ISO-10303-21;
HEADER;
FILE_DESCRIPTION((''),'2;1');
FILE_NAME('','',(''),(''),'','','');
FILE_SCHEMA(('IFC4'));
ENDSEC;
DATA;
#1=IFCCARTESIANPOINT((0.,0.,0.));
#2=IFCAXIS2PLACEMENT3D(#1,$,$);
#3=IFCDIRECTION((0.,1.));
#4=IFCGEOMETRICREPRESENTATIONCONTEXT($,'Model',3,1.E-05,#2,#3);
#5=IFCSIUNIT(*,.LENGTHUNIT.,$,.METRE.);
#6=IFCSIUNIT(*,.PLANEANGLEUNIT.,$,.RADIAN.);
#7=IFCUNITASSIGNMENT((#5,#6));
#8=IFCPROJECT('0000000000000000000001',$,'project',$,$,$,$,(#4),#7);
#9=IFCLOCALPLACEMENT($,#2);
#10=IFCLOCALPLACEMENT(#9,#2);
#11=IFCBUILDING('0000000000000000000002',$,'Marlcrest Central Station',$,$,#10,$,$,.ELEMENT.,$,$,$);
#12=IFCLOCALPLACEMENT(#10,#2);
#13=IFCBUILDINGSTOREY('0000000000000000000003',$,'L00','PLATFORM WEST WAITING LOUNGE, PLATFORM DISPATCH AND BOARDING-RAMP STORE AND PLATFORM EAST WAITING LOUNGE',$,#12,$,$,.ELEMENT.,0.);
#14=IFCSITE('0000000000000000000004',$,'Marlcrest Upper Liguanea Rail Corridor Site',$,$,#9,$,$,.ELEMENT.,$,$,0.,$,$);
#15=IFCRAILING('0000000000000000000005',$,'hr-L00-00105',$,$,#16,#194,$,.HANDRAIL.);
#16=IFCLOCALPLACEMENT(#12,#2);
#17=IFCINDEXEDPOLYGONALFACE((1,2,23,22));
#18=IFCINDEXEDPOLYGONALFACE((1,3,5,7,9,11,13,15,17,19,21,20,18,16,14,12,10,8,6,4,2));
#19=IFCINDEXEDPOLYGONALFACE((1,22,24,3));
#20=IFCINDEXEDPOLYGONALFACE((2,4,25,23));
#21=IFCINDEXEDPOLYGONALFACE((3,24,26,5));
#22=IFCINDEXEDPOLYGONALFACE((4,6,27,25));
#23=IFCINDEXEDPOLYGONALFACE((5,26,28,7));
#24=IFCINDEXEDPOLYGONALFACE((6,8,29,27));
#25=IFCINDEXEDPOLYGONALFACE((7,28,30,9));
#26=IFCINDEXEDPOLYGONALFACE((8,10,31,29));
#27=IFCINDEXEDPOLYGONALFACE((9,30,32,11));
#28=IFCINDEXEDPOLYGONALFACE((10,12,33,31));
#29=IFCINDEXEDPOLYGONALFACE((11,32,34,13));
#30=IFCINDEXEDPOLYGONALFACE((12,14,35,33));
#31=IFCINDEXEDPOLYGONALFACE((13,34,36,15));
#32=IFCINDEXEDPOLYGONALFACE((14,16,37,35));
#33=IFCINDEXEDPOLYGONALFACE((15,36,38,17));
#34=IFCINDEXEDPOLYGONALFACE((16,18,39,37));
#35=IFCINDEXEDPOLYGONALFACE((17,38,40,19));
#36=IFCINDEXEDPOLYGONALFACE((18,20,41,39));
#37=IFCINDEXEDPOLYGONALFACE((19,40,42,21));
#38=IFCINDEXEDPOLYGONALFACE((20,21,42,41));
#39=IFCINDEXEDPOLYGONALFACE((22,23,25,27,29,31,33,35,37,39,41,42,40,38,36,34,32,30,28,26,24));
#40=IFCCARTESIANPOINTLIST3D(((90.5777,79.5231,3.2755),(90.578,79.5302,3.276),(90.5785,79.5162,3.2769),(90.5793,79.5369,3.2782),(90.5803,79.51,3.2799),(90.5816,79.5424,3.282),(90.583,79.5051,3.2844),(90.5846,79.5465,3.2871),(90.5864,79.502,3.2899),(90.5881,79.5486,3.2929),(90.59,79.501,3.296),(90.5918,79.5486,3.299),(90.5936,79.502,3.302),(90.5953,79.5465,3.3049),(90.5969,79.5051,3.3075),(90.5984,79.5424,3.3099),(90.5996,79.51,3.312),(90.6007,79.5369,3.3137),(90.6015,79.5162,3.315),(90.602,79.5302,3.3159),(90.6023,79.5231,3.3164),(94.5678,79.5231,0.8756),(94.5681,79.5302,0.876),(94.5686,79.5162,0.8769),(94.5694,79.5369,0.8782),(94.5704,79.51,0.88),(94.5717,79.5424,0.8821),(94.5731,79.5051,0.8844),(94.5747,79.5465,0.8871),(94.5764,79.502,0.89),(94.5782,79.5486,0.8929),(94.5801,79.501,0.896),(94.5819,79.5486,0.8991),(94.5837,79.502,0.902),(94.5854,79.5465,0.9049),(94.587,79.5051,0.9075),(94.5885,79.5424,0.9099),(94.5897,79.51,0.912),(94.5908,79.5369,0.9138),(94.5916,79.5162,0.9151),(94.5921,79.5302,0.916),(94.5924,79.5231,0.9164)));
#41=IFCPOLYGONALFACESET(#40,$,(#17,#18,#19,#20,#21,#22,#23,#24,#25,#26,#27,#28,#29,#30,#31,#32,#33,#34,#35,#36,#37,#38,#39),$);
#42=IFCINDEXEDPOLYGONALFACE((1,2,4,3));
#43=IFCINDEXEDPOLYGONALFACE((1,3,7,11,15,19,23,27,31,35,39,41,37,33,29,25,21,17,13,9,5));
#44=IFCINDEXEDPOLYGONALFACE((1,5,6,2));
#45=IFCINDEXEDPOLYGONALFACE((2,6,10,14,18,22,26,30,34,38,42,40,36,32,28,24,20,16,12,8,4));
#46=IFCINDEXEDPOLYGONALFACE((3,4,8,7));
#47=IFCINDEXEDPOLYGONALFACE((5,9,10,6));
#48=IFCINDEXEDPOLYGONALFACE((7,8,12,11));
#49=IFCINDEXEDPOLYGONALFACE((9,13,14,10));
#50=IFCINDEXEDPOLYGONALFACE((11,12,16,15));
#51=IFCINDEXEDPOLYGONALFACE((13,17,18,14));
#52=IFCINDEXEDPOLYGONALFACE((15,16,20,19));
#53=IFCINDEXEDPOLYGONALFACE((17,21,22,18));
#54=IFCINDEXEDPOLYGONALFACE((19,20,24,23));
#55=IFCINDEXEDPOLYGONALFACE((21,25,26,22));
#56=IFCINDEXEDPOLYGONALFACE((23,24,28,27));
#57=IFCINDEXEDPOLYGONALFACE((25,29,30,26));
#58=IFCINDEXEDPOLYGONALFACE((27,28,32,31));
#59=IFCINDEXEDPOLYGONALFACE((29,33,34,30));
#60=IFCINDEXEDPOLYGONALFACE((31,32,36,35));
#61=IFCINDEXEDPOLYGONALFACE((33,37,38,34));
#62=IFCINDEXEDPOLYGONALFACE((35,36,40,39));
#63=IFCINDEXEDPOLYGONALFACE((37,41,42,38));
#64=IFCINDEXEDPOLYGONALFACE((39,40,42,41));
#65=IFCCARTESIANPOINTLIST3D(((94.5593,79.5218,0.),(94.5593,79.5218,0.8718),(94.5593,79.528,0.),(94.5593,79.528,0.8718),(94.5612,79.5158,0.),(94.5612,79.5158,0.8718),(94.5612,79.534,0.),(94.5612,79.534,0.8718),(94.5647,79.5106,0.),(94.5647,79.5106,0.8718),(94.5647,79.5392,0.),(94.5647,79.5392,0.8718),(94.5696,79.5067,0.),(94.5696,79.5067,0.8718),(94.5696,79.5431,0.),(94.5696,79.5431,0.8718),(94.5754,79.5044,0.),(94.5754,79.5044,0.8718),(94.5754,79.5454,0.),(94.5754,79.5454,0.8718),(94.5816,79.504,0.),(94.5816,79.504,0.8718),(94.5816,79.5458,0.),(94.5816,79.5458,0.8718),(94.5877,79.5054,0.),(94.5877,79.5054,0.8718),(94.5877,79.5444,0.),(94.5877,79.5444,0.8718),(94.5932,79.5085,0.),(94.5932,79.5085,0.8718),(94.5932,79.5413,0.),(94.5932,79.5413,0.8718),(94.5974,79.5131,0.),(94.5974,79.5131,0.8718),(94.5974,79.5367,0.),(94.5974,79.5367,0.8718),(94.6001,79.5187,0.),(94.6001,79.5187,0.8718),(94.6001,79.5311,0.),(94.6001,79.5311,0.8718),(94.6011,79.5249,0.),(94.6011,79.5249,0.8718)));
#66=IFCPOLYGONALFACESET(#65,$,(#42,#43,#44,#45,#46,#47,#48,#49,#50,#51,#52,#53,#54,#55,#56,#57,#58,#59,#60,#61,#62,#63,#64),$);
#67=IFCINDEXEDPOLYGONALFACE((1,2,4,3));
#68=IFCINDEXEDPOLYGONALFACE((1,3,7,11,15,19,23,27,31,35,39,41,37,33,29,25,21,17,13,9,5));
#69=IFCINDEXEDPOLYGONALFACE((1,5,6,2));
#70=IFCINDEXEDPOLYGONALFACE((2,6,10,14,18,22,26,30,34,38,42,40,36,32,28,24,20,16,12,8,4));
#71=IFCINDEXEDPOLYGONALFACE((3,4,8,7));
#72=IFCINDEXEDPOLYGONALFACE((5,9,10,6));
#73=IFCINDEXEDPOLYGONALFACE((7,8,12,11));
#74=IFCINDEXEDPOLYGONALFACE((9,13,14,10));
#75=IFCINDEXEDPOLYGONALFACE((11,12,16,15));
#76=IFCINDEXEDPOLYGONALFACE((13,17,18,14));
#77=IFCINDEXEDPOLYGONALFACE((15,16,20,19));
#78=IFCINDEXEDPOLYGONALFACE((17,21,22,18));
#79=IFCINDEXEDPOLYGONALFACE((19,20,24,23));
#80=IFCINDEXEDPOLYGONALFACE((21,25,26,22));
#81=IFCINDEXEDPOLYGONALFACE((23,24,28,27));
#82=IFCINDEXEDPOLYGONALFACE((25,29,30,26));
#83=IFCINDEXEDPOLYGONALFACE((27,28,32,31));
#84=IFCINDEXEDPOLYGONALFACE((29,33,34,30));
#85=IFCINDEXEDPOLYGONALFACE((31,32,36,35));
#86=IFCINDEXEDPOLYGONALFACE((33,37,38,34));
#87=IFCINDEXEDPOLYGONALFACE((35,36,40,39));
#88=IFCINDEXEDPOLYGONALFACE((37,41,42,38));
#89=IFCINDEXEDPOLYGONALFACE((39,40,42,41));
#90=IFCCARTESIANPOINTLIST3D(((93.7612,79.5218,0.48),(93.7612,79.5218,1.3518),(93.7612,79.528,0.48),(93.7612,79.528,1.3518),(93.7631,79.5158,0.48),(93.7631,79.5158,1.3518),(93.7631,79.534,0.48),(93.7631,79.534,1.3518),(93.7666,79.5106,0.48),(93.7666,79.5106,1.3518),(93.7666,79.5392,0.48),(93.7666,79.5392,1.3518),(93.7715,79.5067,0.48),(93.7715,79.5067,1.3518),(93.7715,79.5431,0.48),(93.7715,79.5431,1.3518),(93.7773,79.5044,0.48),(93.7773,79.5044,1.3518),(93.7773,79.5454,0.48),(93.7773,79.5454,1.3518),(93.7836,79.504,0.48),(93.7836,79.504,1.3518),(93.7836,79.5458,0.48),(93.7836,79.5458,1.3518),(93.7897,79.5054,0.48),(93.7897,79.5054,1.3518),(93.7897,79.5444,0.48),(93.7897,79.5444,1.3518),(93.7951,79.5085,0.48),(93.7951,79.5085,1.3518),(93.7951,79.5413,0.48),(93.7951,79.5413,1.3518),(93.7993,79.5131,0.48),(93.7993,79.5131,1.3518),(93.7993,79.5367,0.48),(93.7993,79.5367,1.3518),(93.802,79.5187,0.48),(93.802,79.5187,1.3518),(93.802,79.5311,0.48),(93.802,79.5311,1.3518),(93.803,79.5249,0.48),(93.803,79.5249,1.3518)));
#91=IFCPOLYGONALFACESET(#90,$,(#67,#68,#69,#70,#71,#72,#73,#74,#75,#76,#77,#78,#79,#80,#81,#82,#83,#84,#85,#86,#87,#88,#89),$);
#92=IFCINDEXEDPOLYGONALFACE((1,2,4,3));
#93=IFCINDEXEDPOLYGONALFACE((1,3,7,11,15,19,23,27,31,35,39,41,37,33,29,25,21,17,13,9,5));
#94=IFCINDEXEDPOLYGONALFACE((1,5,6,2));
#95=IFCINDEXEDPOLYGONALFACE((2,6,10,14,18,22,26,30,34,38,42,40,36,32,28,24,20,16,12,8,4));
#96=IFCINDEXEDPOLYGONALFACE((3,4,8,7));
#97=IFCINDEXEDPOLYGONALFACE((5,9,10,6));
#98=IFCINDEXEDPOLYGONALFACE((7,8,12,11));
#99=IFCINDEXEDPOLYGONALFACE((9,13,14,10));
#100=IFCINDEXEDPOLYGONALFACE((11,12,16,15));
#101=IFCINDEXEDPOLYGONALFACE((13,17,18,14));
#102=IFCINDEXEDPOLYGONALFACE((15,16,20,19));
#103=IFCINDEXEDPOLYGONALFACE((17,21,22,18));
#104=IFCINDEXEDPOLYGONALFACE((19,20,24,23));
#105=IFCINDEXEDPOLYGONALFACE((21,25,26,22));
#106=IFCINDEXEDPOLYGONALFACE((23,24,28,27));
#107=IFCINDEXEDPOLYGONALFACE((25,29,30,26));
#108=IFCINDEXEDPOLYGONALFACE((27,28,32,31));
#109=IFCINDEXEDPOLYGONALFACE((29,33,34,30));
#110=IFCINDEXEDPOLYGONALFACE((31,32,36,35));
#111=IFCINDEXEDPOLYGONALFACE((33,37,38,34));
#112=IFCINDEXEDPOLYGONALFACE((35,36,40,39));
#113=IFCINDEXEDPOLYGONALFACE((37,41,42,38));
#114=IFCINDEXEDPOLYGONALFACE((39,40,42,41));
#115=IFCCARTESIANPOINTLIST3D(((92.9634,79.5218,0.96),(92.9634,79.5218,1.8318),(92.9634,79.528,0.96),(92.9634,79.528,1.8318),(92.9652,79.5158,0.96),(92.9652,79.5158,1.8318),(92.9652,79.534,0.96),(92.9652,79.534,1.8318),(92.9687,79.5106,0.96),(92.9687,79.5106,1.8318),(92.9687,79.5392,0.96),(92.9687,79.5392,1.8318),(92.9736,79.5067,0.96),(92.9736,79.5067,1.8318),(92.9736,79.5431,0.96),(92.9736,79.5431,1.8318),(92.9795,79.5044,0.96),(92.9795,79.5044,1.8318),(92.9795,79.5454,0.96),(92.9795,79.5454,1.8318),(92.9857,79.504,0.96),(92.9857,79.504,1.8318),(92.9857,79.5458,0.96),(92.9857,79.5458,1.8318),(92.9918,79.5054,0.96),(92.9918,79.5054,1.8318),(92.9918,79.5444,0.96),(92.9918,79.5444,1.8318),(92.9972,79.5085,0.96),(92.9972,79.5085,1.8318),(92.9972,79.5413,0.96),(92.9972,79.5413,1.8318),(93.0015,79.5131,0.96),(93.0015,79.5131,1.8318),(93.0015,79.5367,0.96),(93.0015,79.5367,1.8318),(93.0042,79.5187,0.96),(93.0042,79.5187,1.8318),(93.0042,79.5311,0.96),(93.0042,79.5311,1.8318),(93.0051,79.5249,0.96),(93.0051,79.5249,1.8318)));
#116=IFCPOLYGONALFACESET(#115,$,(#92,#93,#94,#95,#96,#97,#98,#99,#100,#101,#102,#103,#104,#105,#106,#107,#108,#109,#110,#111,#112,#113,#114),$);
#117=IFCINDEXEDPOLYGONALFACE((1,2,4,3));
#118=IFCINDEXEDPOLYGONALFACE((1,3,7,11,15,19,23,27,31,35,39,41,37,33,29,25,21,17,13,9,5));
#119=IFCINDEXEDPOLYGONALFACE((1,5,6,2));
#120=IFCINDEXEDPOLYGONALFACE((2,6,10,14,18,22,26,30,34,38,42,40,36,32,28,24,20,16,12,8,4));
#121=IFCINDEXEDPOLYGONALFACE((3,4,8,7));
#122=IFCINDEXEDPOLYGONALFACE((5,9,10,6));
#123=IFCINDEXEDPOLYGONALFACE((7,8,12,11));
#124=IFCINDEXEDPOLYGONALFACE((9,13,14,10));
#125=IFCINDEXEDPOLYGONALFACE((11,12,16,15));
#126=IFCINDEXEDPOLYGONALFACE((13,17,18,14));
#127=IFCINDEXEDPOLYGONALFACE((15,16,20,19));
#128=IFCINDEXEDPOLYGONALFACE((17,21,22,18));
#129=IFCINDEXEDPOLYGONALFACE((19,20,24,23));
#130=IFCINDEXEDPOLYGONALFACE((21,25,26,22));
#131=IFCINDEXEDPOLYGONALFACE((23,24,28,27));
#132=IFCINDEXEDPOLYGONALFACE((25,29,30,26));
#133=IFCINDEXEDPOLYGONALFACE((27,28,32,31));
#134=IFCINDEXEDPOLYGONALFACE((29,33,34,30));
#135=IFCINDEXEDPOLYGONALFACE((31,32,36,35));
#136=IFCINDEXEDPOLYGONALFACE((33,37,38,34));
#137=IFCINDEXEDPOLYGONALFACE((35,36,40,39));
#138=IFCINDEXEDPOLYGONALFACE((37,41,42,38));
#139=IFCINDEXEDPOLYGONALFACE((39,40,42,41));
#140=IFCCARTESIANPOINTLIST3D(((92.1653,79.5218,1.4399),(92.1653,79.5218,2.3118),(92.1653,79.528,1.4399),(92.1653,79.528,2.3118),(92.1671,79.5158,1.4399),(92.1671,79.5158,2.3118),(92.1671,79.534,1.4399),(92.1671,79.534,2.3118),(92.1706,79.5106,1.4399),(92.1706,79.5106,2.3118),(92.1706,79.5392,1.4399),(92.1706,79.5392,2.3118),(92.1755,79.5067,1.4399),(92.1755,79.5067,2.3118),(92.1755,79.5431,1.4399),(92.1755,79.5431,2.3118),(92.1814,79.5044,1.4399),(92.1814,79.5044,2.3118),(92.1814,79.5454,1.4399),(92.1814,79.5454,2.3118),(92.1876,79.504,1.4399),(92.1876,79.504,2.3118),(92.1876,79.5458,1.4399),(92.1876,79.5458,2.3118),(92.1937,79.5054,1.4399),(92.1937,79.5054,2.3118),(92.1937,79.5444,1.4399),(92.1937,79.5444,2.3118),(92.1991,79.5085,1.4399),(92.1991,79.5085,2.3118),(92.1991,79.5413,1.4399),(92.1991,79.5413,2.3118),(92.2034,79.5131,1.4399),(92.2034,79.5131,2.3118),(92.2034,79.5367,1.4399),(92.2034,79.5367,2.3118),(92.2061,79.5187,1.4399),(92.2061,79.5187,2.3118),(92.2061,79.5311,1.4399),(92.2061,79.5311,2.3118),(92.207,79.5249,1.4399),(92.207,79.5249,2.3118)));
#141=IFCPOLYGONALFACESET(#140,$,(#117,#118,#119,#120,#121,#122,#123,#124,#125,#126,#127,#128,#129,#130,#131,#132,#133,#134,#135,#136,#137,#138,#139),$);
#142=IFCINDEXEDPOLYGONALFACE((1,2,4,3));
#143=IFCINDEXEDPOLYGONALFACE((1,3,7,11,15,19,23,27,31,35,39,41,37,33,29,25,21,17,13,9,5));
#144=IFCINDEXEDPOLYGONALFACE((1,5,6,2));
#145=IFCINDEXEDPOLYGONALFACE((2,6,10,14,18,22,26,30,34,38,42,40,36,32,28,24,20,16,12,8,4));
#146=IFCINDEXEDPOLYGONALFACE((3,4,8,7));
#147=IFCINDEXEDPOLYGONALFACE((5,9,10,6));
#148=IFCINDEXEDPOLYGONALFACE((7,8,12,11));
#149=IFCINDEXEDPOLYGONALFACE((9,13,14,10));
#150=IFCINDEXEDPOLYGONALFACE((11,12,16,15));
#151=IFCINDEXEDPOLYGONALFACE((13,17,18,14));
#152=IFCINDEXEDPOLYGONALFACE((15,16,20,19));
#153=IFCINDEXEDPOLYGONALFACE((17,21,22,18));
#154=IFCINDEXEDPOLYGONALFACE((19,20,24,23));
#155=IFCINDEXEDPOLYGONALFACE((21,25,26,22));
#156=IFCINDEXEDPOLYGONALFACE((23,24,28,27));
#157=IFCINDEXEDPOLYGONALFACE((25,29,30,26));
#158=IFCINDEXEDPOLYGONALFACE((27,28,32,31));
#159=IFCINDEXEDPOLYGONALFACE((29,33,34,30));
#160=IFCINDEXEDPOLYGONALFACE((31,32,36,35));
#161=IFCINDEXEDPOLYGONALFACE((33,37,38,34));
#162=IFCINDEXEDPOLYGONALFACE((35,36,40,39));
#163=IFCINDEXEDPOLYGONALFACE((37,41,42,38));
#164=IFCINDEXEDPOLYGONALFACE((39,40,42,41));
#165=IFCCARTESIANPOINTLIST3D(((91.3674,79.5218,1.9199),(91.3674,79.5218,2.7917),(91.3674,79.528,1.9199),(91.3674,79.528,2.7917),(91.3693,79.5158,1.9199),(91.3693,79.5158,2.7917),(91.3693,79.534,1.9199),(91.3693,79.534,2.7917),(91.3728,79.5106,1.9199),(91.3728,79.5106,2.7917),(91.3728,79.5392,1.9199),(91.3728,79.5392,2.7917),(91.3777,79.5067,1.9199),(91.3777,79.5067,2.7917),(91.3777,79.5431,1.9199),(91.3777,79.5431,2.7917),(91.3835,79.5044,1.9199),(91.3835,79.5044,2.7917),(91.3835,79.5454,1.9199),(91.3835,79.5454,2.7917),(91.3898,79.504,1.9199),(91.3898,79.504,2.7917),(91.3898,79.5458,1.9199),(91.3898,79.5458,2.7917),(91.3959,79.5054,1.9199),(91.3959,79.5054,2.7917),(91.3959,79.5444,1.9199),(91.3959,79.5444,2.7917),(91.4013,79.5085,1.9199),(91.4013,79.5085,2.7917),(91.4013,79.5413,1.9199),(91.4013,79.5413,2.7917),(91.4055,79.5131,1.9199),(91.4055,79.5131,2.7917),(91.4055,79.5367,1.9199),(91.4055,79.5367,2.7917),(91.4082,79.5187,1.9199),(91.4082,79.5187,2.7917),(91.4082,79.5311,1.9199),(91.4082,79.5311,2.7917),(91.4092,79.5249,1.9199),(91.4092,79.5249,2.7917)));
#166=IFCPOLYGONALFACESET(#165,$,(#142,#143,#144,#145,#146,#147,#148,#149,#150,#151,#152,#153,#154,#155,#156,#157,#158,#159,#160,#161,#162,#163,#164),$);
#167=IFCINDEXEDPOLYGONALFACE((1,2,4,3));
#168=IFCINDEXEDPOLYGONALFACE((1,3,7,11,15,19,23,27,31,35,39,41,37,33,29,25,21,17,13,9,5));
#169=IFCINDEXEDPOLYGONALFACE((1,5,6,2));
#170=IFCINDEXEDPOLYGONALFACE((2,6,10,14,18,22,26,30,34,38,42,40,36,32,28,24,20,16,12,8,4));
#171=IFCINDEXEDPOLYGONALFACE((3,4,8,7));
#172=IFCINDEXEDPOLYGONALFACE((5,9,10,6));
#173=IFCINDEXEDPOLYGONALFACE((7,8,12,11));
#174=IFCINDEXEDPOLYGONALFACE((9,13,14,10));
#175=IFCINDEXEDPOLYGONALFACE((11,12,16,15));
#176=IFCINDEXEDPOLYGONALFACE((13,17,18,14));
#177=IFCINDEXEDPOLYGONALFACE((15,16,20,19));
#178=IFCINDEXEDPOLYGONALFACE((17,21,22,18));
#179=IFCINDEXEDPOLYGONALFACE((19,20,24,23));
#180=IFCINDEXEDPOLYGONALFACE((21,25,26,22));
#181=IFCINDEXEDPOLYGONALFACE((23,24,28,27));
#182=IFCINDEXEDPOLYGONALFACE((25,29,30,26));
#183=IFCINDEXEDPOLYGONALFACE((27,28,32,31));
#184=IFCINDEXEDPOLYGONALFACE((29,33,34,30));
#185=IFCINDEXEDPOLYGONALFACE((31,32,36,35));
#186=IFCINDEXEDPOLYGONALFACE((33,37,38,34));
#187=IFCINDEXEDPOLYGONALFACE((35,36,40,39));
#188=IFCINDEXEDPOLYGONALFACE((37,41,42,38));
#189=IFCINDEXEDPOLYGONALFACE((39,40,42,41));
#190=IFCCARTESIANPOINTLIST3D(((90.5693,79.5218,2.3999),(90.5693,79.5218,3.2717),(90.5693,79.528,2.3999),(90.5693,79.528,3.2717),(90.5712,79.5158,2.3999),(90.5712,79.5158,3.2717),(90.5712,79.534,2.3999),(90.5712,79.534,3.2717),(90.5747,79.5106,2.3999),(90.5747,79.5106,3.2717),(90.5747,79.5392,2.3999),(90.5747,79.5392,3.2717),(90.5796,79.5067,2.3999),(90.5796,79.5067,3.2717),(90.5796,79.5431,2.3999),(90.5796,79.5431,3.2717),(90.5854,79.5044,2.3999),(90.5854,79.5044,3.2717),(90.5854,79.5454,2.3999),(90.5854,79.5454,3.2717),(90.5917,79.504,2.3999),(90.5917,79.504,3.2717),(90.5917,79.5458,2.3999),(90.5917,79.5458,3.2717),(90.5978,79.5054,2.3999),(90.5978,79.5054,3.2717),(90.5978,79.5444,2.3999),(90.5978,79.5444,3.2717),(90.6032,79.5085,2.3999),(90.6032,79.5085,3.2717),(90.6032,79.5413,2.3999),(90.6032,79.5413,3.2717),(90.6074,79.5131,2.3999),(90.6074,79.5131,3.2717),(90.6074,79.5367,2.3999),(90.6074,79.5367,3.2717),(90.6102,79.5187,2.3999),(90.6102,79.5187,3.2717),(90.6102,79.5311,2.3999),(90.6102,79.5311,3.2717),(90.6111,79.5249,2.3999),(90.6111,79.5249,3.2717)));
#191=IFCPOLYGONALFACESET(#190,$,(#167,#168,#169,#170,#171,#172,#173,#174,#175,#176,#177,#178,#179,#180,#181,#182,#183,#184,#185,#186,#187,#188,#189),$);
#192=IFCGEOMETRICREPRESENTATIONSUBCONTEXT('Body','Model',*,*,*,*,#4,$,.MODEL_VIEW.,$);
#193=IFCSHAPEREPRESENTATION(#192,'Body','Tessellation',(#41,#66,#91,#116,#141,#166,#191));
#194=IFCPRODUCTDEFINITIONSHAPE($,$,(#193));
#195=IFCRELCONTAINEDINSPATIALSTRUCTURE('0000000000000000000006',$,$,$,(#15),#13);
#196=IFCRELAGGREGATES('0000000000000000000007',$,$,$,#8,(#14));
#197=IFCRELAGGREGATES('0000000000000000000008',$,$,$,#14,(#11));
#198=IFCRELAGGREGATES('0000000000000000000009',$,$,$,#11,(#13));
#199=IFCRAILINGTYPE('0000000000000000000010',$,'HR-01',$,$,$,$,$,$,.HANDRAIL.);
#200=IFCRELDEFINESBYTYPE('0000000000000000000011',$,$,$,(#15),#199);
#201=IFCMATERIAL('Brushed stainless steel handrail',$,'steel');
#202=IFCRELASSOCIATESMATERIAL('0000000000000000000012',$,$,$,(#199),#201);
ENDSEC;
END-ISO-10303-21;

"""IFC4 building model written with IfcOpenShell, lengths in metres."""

from ifc_helpers import new_model, si_unit, direction, frame, origin, origin_2d, place, context, subcontext, project, spatial, circle, extrude, material, type_object, element, save


model = new_model("IFC4")

# Units and contexts
model_context = context("Model", 3, precision=1e-05, world=origin(), true_north=direction((0.0, 1.0)))
body_context = subcontext(model_context, "Body", "Model", "MODEL_VIEW")
ifc_project = project(units=[si_unit("LENGTHUNIT", "METRE"), si_unit("PLANEANGLEUNIT", "RADIAN")], contexts=[model_context])

# Site, building, storey
site_placement = place(None, origin())
site = spatial("IfcSite", under=ifc_project, at=site_placement, Name="Marlcrest Upper Liguanea Rail Corridor Site", CompositionType="ELEMENT", RefElevation=0.0)
building_placement = place(site_placement, origin())
building = spatial("IfcBuilding", under=site, at=building_placement, Name="Marlcrest Central Station", CompositionType="ELEMENT")
storey_placement = place(building_placement, origin())
storey = spatial("IfcBuildingStorey", under=building, at=storey_placement, Name="L00", Description="PLATFORM WEST WAITING LOUNGE, PLATFORM DISPATCH AND BOARDING-RAMP STORE AND PLATFORM EAST WAITING LOUNGE", CompositionType="ELEMENT", Elevation=0.0)

# Railing
ifc_material_1 = material(Name="Brushed stainless steel handrail", Category="steel")
railing_type = type_object("IfcRailingType", Name="HR-01", PredefinedType="HANDRAIL", material=ifc_material_1)
for number, where, name in (
    (1, (94.5801, 79.5249, 0.0), "hr-L00-00105"),
):
    element("IfcRailing", number, at=place(storey_placement, frame(where)), inside=storey, type_object=railing_type, Name=name, PredefinedType="HANDRAIL", context=body_context, shape_type="SweptSolid", body=[
        extrude(circle(Radius=0.0239, at=origin_2d()), frame((0.0, 0.0, 0.896), z_axis=(-0.856933, 0.0, 0.515428), x_axis=(0.0, -1.0, 0.0)), (0.0, 0.0, 1.0), 4.6562),
        extrude(circle(Radius=0.021, at=origin_2d()), origin(), (0.0, 0.0, 1.0), 0.8718),
        extrude(circle(Radius=0.021, at=origin_2d()), frame((-0.7981, 0.0, 0.48)), (0.0, 0.0, 1.0), 0.8718),
        extrude(circle(Radius=0.021, at=origin_2d()), frame((-1.5959, 0.0, 0.96)), (0.0, 0.0, 1.0), 0.8718),
        extrude(circle(Radius=0.021, at=origin_2d()), frame((-2.394, 0.0, 1.4399)), (0.0, 0.0, 1.0), 0.8718),
        extrude(circle(Radius=0.021, at=origin_2d()), frame((-3.1919, 0.0, 1.9199)), (0.0, 0.0, 1.0), 0.8718),
        extrude(circle(Radius=0.021, at=origin_2d()), frame((-3.99, 0.0, 2.3999)), (0.0, 0.0, 1.0), 0.8718),
    ])

save(model, "model.ifc")
